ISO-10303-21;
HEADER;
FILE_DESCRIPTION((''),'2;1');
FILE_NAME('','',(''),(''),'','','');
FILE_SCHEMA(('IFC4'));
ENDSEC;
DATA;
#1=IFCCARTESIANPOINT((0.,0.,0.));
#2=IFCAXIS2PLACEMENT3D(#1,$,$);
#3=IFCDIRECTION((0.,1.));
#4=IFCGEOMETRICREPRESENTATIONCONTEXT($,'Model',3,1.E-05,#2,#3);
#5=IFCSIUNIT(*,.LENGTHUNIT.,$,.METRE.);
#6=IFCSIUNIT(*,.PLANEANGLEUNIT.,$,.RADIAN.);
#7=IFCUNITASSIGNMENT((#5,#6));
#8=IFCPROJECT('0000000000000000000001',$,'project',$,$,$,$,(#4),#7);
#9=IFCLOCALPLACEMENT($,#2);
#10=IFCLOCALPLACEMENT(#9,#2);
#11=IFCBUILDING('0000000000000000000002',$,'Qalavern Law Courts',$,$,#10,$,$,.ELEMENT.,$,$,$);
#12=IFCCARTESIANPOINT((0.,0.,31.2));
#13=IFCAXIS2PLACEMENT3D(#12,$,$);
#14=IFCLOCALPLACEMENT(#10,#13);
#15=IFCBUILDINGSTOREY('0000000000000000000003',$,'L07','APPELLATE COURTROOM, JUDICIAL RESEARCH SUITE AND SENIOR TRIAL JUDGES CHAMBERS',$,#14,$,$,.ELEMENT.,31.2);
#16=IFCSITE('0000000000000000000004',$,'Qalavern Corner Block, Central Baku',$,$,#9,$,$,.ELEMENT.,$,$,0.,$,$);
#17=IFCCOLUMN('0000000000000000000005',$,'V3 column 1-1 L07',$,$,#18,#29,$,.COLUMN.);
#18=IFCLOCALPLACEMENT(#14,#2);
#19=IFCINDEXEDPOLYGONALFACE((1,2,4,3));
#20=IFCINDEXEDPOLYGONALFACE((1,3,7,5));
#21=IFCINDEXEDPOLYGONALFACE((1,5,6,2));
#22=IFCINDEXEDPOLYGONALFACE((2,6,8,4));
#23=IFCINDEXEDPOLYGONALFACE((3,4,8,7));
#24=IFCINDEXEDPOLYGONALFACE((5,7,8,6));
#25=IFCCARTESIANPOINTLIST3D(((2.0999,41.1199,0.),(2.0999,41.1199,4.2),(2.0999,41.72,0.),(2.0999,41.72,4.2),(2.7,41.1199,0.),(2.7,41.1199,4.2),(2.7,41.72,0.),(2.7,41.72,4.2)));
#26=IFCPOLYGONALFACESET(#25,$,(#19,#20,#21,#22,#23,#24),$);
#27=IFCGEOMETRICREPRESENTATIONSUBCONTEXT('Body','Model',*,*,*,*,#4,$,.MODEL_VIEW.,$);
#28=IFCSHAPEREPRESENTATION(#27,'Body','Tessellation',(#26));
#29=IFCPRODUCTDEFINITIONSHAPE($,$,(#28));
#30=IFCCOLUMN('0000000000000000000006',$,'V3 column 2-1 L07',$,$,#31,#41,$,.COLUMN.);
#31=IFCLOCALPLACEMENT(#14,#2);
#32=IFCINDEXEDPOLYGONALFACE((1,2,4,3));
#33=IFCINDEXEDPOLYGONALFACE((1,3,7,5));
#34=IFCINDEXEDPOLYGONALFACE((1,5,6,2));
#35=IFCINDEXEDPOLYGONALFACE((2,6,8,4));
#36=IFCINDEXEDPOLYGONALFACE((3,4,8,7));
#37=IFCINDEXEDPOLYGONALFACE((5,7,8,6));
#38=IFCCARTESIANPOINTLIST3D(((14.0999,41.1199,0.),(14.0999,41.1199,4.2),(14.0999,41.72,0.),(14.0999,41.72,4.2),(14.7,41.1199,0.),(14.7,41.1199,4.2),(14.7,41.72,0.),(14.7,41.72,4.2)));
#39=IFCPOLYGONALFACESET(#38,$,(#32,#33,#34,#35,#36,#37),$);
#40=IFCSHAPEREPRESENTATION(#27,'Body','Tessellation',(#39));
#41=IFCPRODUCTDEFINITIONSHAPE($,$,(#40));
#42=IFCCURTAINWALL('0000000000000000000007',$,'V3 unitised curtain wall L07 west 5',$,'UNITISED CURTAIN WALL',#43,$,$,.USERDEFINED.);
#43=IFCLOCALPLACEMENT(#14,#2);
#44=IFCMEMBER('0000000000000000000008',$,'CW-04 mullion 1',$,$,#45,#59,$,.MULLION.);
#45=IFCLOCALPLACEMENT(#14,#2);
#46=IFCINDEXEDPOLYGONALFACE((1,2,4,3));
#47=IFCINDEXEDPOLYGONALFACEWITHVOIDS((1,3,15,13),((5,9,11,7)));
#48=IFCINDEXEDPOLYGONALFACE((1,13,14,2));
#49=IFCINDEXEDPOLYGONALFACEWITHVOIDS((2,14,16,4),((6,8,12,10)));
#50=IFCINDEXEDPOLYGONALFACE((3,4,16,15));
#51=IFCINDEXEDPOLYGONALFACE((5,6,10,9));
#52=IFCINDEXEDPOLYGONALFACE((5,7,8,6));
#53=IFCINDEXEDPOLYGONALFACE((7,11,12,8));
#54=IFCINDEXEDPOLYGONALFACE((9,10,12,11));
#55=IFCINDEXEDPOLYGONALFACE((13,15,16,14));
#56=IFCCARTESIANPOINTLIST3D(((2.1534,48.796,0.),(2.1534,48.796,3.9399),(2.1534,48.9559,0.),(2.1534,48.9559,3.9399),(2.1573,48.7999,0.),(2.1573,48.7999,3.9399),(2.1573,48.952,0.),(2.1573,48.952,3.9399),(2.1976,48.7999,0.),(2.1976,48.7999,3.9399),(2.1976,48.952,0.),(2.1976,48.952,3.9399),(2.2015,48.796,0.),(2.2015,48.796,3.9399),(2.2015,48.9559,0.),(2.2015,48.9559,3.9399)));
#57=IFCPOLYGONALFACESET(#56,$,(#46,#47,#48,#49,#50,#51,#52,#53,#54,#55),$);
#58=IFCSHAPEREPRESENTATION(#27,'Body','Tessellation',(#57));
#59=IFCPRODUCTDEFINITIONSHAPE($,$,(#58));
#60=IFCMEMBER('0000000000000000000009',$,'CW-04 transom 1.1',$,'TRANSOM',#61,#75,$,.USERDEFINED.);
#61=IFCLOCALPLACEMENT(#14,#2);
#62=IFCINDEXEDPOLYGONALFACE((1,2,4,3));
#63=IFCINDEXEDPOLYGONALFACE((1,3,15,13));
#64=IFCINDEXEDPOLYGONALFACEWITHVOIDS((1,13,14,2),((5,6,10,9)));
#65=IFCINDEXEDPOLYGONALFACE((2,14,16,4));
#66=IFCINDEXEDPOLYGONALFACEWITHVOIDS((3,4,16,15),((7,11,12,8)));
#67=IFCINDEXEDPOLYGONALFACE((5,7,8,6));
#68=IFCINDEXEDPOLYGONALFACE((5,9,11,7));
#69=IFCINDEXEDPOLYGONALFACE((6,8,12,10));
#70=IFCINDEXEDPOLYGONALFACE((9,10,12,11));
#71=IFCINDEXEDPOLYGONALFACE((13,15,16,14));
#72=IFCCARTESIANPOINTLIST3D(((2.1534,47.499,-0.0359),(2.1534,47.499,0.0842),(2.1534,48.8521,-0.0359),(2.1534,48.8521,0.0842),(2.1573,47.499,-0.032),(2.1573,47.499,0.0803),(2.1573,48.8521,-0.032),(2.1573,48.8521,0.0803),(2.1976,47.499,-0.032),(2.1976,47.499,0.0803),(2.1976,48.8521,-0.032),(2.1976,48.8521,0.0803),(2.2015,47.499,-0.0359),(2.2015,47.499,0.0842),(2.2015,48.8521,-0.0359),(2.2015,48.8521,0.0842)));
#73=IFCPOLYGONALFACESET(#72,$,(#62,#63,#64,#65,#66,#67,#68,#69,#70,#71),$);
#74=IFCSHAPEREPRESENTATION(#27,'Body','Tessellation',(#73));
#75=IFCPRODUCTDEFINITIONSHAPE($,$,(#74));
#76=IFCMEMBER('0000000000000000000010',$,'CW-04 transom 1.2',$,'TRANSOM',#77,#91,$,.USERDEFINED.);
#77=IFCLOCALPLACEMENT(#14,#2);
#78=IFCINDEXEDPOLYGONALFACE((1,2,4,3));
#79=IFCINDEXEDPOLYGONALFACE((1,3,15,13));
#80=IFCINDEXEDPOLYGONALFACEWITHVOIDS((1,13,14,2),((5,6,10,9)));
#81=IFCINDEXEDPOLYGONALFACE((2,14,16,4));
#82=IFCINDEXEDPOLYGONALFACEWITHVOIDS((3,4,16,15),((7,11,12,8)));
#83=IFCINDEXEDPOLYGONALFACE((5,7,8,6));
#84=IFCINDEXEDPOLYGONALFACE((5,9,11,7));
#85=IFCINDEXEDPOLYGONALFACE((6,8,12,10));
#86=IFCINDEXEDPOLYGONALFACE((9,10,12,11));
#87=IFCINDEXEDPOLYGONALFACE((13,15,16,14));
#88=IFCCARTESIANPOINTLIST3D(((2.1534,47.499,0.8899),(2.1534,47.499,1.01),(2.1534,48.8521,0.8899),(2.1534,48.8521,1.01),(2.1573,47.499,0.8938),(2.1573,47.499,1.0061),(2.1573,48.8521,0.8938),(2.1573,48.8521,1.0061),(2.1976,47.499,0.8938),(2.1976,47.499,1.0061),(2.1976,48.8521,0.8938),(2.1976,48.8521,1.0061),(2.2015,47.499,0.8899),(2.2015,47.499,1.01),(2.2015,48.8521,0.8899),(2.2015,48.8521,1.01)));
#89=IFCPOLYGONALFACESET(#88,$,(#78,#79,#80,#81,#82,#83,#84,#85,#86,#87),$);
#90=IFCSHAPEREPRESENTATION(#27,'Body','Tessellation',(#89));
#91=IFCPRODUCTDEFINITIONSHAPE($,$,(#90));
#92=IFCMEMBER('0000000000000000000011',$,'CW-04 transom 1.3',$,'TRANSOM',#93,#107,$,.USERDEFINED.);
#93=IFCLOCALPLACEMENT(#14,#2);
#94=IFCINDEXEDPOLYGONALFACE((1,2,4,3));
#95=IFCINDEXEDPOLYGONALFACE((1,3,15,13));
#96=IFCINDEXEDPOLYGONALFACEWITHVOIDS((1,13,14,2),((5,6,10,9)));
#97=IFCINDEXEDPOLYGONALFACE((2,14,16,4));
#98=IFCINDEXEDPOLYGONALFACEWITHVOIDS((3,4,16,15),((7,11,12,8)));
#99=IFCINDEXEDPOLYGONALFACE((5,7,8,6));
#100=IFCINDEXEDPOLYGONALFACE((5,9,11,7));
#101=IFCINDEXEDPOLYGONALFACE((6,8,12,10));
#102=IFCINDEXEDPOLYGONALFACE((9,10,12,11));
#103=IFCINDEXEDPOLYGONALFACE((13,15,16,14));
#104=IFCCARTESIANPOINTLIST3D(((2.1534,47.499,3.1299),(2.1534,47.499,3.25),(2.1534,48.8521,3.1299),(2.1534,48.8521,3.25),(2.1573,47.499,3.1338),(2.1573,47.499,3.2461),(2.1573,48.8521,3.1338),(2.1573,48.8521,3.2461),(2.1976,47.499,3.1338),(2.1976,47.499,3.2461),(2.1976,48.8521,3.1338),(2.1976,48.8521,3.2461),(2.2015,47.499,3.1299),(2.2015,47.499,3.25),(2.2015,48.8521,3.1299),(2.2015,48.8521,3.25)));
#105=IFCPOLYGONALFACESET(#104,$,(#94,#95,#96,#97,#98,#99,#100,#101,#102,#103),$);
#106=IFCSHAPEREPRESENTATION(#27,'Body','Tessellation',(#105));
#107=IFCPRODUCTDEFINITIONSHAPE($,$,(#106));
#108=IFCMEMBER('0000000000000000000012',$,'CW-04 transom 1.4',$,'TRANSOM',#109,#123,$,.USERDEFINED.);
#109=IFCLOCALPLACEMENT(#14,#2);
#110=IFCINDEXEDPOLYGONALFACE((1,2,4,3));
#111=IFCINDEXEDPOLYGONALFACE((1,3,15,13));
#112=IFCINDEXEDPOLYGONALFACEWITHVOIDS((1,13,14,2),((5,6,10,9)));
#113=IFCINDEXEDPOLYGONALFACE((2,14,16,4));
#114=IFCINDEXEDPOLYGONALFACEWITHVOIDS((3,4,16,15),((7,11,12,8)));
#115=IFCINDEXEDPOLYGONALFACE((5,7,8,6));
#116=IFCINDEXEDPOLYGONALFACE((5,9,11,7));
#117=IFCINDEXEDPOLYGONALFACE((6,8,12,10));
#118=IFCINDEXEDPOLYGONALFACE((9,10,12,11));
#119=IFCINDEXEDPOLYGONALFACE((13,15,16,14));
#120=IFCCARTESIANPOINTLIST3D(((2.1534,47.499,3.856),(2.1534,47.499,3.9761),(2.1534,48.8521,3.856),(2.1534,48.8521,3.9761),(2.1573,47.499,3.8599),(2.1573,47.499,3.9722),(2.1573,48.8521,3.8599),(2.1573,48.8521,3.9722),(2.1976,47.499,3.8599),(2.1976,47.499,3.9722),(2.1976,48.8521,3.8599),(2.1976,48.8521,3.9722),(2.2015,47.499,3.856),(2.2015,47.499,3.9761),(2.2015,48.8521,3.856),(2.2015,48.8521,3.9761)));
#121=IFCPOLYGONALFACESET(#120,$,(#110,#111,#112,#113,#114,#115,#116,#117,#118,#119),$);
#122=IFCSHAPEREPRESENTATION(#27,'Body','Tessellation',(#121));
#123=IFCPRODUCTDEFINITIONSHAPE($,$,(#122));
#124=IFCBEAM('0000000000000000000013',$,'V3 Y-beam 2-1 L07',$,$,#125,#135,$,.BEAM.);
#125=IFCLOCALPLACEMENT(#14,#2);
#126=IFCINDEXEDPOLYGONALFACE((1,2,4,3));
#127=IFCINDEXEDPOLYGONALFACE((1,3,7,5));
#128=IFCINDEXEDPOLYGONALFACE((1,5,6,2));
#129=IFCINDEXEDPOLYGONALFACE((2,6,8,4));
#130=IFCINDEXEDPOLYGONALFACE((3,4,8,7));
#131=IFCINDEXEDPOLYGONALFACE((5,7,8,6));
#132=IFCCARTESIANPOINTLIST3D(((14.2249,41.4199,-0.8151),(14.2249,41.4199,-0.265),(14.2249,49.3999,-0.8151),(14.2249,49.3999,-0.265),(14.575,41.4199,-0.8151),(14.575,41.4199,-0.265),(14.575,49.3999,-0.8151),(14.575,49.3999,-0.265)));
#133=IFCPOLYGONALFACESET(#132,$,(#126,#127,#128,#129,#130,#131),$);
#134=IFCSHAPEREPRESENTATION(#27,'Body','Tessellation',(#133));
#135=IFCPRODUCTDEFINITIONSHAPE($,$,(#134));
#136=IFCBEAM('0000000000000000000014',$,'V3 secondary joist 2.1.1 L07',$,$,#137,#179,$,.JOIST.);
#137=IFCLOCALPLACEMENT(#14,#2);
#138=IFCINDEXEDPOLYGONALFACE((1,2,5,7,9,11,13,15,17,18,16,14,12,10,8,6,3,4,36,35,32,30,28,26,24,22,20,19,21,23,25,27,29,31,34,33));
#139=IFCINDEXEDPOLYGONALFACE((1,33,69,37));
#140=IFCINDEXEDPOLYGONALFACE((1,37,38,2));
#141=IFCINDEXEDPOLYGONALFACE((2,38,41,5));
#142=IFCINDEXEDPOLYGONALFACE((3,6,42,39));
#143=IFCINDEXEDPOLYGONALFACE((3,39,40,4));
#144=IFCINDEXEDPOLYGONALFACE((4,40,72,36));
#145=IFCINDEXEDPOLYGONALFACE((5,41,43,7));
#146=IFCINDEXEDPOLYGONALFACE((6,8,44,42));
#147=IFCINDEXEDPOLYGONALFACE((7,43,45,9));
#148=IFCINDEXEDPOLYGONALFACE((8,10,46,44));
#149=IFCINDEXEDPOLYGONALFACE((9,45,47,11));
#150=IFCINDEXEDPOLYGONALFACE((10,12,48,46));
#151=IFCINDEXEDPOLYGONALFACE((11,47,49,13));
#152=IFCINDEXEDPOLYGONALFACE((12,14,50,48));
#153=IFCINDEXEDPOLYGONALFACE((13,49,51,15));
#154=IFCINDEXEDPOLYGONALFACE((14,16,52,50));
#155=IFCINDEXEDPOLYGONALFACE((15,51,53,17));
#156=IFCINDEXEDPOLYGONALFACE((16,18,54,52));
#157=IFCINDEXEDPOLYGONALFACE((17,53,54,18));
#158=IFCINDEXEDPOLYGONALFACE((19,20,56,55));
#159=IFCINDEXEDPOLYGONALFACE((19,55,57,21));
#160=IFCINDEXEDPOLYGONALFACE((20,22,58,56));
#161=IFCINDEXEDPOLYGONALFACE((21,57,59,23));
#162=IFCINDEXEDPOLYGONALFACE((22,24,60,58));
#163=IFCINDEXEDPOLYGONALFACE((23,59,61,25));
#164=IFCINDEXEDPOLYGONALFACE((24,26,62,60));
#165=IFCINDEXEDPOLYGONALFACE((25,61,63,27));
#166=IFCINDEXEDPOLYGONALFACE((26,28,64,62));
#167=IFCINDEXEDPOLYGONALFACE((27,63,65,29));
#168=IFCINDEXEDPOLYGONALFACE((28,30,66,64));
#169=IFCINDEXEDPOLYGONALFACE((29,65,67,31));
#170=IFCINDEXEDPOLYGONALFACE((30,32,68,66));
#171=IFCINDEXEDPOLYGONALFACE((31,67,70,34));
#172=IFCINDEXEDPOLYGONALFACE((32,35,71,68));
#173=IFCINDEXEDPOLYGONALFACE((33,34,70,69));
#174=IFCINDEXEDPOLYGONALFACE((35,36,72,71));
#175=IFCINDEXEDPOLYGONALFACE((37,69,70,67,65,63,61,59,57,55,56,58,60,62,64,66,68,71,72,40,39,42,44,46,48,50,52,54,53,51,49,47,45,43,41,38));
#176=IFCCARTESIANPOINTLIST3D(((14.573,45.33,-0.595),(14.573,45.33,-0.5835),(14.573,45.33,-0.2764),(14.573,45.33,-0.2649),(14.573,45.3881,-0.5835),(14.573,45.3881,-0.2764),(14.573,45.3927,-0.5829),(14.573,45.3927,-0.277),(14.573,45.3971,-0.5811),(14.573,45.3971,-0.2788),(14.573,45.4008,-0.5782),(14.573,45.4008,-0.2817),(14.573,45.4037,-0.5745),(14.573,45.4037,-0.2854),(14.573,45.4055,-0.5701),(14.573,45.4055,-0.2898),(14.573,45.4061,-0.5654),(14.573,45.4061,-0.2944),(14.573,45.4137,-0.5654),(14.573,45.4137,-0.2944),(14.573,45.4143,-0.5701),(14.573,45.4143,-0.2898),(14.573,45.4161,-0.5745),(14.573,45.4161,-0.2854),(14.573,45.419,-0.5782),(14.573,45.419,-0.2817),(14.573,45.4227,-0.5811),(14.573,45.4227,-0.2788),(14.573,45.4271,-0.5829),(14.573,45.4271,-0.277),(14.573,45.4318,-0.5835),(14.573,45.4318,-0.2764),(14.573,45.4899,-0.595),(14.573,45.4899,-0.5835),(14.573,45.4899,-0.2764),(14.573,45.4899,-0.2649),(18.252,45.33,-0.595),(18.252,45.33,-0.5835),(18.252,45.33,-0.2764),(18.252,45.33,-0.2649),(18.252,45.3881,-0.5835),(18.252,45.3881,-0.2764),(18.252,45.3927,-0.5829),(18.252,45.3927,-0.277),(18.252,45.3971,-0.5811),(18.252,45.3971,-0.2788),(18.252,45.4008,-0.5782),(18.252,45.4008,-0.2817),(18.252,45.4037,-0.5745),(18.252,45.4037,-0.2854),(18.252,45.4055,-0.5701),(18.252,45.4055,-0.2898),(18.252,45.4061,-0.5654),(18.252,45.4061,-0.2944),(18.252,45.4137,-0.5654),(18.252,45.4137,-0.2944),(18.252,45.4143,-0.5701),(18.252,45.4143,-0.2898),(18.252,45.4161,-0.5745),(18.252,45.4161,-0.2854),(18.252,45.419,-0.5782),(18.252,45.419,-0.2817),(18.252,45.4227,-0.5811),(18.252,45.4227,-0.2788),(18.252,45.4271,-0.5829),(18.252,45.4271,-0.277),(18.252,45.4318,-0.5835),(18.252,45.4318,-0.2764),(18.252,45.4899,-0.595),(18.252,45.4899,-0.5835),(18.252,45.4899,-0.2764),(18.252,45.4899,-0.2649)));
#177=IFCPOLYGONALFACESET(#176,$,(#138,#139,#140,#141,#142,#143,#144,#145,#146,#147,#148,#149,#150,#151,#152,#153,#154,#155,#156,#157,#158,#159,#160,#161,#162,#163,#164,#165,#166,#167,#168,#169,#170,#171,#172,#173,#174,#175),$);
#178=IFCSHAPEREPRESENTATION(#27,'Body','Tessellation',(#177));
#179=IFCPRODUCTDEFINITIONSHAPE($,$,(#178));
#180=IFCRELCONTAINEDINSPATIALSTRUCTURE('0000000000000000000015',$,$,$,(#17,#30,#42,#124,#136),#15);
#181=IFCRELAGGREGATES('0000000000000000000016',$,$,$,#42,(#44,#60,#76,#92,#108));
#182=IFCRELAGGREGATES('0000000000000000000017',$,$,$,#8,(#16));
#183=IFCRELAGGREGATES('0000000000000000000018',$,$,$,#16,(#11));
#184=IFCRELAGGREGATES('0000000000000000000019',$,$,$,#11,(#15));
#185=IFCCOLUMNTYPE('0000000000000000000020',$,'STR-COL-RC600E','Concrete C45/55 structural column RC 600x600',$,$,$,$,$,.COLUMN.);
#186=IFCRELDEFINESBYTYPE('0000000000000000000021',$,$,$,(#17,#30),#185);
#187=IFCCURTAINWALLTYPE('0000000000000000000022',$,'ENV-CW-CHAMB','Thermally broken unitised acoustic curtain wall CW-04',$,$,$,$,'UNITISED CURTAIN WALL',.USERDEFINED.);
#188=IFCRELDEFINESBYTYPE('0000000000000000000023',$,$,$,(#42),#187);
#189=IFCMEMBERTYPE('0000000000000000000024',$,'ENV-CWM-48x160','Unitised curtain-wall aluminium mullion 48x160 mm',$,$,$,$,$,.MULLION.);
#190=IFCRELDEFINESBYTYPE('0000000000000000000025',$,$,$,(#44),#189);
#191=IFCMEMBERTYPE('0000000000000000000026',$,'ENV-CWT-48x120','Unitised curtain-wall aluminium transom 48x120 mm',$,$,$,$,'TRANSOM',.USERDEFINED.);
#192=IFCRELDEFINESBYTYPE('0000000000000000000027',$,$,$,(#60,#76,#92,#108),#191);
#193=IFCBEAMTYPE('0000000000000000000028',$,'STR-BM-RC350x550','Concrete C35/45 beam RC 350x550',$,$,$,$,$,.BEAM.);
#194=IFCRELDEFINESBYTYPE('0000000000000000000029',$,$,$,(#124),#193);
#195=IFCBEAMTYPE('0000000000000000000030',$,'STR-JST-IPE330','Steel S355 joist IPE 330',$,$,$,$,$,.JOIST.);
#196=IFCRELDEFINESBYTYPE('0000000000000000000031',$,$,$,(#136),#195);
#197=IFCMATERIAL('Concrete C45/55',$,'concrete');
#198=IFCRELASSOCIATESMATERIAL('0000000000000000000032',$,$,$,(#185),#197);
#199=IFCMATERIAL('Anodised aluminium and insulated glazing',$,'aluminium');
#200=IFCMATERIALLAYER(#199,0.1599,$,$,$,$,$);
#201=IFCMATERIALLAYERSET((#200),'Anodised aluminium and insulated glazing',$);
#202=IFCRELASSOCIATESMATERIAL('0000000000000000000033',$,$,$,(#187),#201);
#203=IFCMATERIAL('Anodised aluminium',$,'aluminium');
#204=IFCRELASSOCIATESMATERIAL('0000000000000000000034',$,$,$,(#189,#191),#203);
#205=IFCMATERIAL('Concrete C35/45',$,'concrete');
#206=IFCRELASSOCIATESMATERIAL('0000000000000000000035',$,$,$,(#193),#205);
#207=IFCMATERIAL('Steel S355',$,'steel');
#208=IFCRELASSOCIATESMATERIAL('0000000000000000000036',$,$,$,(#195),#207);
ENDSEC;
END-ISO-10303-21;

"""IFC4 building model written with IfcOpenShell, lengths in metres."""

from ifc_helpers import new_model, si_unit, direction, frame, origin, origin_2d, place, context, subcontext, project, spatial, rectangle, hollow_rectangle, i_section, extrude, material, layer, layer_set, material_profile, profile_set, type_object, element, aggregate, save


model = new_model("IFC4")

# Units and contexts
model_context = context("Model", 3, precision=1e-05, world=origin(), true_north=direction((0.0, 1.0)))
body_context = subcontext(model_context, "Body", "Model", "MODEL_VIEW")
ifc_project = project(units=[si_unit("LENGTHUNIT", "METRE"), si_unit("PLANEANGLEUNIT", "RADIAN")], contexts=[model_context])

# Site, building, storey
site_placement = place(None, origin())
site = spatial("IfcSite", under=ifc_project, at=site_placement, Name="Qalavern Corner Block, Central Baku", CompositionType="ELEMENT", RefElevation=0.0)
building_placement = place(site_placement, origin())
building = spatial("IfcBuilding", under=site, at=building_placement, Name="Qalavern Law Courts", CompositionType="ELEMENT")
storey_placement = place(building_placement, frame((0.0, 0.0, 31.2)))
storey = spatial("IfcBuildingStorey", under=building, at=storey_placement, Name="L07", Description="APPELLATE COURTROOM, JUDICIAL RESEARCH SUITE AND SENIOR TRIAL JUDGES CHAMBERS", CompositionType="ELEMENT", Elevation=31.2)

# Columns
ifc_material_1 = material(Name="Concrete C45/55", Category="concrete")
ifc_material_profile_1 = material_profile(ifc_material_1, rectangle(XDim=0.6001, YDim=0.6001, at=origin_2d()), Name="RC 600x600")
ifc_profile_set_1 = profile_set([ifc_material_profile_1], Name="Concrete C45/55")
column_type = type_object("IfcColumnType", Name="STR-COL-RC600E", Description="Concrete C45/55 structural column RC 600x600", PredefinedType="COLUMN", material=ifc_profile_set_1)
for number, where, z_axis, x_axis, name in (
    (1, (2.3999, 41.4199, 0.0), (0.0, 0.0, 1.0), (1.0, 0.0, 0.0), "V3 column 1-1 L07"),
    (2, (14.3999, 41.4199, 0.0), (0.0, 0.0, 1.0), (1.0, 0.0, 0.0), "V3 column 2-1 L07"),
):
    element("IfcColumn", number, at=place(storey_placement, frame(where, z_axis=z_axis, x_axis=x_axis)), inside=storey, type_object=column_type, Name=name, PredefinedType="COLUMN", context=body_context, shape_type="SweptSolid", body=[
        extrude(rectangle(XDim=0.6001, YDim=0.6001, at=origin_2d()), origin(), (0.0, 0.0, 1.0), 4.2),
    ])

# Curtain wall, members
ifc_material_2 = material(Name="Anodised aluminium and insulated glazing", Category="aluminium")
ifc_layer_1 = layer(ifc_material_2, 0.1599)
ifc_layer_set_1 = layer_set([ifc_layer_1], Name="Anodised aluminium and insulated glazing")
curtain_wall_type = type_object("IfcCurtainWallType", Name="ENV-CW-CHAMB", Description="Thermally broken unitised acoustic curtain wall CW-04", ElementType="UNITISED CURTAIN WALL", PredefinedType="USERDEFINED", material=ifc_layer_set_1)
curtain_wall_placement = place(storey_placement, origin())
curtain_wall = element("IfcCurtainWall", 3, at=curtain_wall_placement, inside=storey, type_object=curtain_wall_type, Name="V3 unitised curtain wall L07 west 5", ObjectType="UNITISED CURTAIN WALL", PredefinedType="USERDEFINED")
ifc_material_3 = material(Name="Anodised aluminium", Category="aluminium")
ifc_material_profile_2 = material_profile(ifc_material_3, hollow_rectangle(XDim=0.0481, YDim=0.1599, WallThickness=0.0039, at=origin_2d()), Name="ALU MULLION 48x160")
ifc_profile_set_2 = profile_set([ifc_material_profile_2], Name="Anodised aluminium")
member_type_1 = type_object("IfcMemberType", Name="ENV-CWM-48x160", Description="Unitised curtain-wall aluminium mullion 48x160 mm", PredefinedType="MULLION", material=ifc_profile_set_2)
member_1_placement = place(storey_placement, frame((2.1775, 48.876, 0.0), z_axis=(0.0, 0.0, 1.0), x_axis=(1.0, 0.0, 0.0)))
member_1 = element("IfcMember", 4, at=member_1_placement, type_object=member_type_1, Name="CW-04 mullion 1", PredefinedType="MULLION", context=body_context, shape_type="SweptSolid", body=[
    extrude(hollow_rectangle(XDim=0.0481, YDim=0.1599, WallThickness=0.0039, at=origin_2d()), origin(), (0.0, 0.0, 1.0), 3.9399),
])
ifc_material_profile_3 = material_profile(ifc_material_3, hollow_rectangle(XDim=0.0481, YDim=0.1201, WallThickness=0.0039, at=origin_2d()), Name="ALU TRANSOM 48x120")
ifc_profile_set_3 = profile_set([ifc_material_profile_3], Name="Anodised aluminium")
member_type_2 = type_object("IfcMemberType", Name="ENV-CWT-48x120", Description="Unitised curtain-wall aluminium transom 48x120 mm", ElementType="TRANSOM", PredefinedType="USERDEFINED", material=ifc_profile_set_3)
member_2_placement = place(storey_placement, frame((2.1775, 48.8521, 0.0242), z_axis=(0.0, -1.0, 0.0), x_axis=(1.0, 0.0, 0.0)))
member_2 = element("IfcMember", 5, at=member_2_placement, type_object=member_type_2, Name="CW-04 transom 1.1", ObjectType="TRANSOM", PredefinedType="USERDEFINED", context=body_context, shape_type="SweptSolid", body=[
    extrude(hollow_rectangle(XDim=0.0481, YDim=0.1201, WallThickness=0.0039, at=origin_2d()), origin(), (0.0, 0.0, 1.0), 1.353),
])
member_3_placement = place(storey_placement, frame((2.1775, 48.8521, 0.95), z_axis=(0.0, -1.0, 0.0), x_axis=(1.0, 0.0, 0.0)))
member_3 = element("IfcMember", 6, at=member_3_placement, type_object=member_type_2, Name="CW-04 transom 1.2", ObjectType="TRANSOM", PredefinedType="USERDEFINED", context=body_context, shape_type="SweptSolid", body=[
    extrude(hollow_rectangle(XDim=0.0481, YDim=0.1201, WallThickness=0.0039, at=origin_2d()), origin(), (0.0, 0.0, 1.0), 1.353),
])
member_4_placement = place(storey_placement, frame((2.1775, 48.8521, 3.1899), z_axis=(0.0, -1.0, 0.0), x_axis=(1.0, 0.0, 0.0)))
member_4 = element("IfcMember", 7, at=member_4_placement, type_object=member_type_2, Name="CW-04 transom 1.3", ObjectType="TRANSOM", PredefinedType="USERDEFINED", context=body_context, shape_type="SweptSolid", body=[
    extrude(hollow_rectangle(XDim=0.0481, YDim=0.1201, WallThickness=0.0039, at=origin_2d()), origin(), (0.0, 0.0, 1.0), 1.353),
])
member_5_placement = place(storey_placement, frame((2.1775, 48.8521, 3.916), z_axis=(0.0, -1.0, 0.0), x_axis=(1.0, 0.0, 0.0)))
member_5 = element("IfcMember", 8, at=member_5_placement, type_object=member_type_2, Name="CW-04 transom 1.4", ObjectType="TRANSOM", PredefinedType="USERDEFINED", context=body_context, shape_type="SweptSolid", body=[
    extrude(hollow_rectangle(XDim=0.0481, YDim=0.1201, WallThickness=0.0039, at=origin_2d()), origin(), (0.0, 0.0, 1.0), 1.353),
])

# Beams
ifc_material_4 = material(Name="Concrete C35/45", Category="concrete")
ifc_material_profile_4 = material_profile(ifc_material_4, rectangle(XDim=0.3501, YDim=0.55, at=origin_2d()), Name="RC 350x550")
ifc_profile_set_4 = profile_set([ifc_material_profile_4], Name="Concrete C35/45")
beam_type_1 = type_object("IfcBeamType", Name="STR-BM-RC350x550", Description="Concrete C35/45 beam RC 350x550", PredefinedType="BEAM", material=ifc_profile_set_4)
beam_1_placement = place(storey_placement, frame((14.3999, 41.4199, -0.54), z_axis=(0.0, 1.0, 0.0), x_axis=(-1.0, 0.0, 0.0)))
element("IfcBeam", 9, at=beam_1_placement, inside=storey, type_object=beam_type_1, Name="V3 Y-beam 2-1 L07", PredefinedType="BEAM", context=body_context, shape_type="SweptSolid", body=[
    extrude(rectangle(XDim=0.3501, YDim=0.55, at=origin_2d()), origin(), (0.0, 0.0, 1.0), 7.98),
])
ifc_material_5 = material(Name="Steel S355", Category="steel")
ifc_material_profile_5 = material_profile(ifc_material_5, i_section(OverallWidth=0.1599, OverallDepth=0.3301, WebThickness=0.0076, FlangeThickness=0.0115, FilletRadius=0.0181, at=origin_2d()), Name="IPE 330")
ifc_profile_set_5 = profile_set([ifc_material_profile_5], Name="Steel S355")
beam_type_2 = type_object("IfcBeamType", Name="STR-JST-IPE330", Description="Steel S355 joist IPE 330", PredefinedType="JOIST", material=ifc_profile_set_5)
beam_2_placement = place(storey_placement, frame((14.573, 45.4099, -0.4299), z_axis=(1.0, 0.0, 0.0), x_axis=(0.0, 1.0, 0.0)))
element("IfcBeam", 10, at=beam_2_placement, inside=storey, type_object=beam_type_2, Name="V3 secondary joist 2.1.1 L07", PredefinedType="JOIST", context=body_context, shape_type="SweptSolid", body=[
    extrude(i_section(OverallWidth=0.1599, OverallDepth=0.3301, WebThickness=0.0076, FlangeThickness=0.0115, FilletRadius=0.0181, at=origin_2d()), origin(), (0.0, 0.0, 1.0), 3.679),
])

aggregate(curtain_wall, [member_1, member_2, member_3, member_4, member_5])

save(model, "model.ifc")
